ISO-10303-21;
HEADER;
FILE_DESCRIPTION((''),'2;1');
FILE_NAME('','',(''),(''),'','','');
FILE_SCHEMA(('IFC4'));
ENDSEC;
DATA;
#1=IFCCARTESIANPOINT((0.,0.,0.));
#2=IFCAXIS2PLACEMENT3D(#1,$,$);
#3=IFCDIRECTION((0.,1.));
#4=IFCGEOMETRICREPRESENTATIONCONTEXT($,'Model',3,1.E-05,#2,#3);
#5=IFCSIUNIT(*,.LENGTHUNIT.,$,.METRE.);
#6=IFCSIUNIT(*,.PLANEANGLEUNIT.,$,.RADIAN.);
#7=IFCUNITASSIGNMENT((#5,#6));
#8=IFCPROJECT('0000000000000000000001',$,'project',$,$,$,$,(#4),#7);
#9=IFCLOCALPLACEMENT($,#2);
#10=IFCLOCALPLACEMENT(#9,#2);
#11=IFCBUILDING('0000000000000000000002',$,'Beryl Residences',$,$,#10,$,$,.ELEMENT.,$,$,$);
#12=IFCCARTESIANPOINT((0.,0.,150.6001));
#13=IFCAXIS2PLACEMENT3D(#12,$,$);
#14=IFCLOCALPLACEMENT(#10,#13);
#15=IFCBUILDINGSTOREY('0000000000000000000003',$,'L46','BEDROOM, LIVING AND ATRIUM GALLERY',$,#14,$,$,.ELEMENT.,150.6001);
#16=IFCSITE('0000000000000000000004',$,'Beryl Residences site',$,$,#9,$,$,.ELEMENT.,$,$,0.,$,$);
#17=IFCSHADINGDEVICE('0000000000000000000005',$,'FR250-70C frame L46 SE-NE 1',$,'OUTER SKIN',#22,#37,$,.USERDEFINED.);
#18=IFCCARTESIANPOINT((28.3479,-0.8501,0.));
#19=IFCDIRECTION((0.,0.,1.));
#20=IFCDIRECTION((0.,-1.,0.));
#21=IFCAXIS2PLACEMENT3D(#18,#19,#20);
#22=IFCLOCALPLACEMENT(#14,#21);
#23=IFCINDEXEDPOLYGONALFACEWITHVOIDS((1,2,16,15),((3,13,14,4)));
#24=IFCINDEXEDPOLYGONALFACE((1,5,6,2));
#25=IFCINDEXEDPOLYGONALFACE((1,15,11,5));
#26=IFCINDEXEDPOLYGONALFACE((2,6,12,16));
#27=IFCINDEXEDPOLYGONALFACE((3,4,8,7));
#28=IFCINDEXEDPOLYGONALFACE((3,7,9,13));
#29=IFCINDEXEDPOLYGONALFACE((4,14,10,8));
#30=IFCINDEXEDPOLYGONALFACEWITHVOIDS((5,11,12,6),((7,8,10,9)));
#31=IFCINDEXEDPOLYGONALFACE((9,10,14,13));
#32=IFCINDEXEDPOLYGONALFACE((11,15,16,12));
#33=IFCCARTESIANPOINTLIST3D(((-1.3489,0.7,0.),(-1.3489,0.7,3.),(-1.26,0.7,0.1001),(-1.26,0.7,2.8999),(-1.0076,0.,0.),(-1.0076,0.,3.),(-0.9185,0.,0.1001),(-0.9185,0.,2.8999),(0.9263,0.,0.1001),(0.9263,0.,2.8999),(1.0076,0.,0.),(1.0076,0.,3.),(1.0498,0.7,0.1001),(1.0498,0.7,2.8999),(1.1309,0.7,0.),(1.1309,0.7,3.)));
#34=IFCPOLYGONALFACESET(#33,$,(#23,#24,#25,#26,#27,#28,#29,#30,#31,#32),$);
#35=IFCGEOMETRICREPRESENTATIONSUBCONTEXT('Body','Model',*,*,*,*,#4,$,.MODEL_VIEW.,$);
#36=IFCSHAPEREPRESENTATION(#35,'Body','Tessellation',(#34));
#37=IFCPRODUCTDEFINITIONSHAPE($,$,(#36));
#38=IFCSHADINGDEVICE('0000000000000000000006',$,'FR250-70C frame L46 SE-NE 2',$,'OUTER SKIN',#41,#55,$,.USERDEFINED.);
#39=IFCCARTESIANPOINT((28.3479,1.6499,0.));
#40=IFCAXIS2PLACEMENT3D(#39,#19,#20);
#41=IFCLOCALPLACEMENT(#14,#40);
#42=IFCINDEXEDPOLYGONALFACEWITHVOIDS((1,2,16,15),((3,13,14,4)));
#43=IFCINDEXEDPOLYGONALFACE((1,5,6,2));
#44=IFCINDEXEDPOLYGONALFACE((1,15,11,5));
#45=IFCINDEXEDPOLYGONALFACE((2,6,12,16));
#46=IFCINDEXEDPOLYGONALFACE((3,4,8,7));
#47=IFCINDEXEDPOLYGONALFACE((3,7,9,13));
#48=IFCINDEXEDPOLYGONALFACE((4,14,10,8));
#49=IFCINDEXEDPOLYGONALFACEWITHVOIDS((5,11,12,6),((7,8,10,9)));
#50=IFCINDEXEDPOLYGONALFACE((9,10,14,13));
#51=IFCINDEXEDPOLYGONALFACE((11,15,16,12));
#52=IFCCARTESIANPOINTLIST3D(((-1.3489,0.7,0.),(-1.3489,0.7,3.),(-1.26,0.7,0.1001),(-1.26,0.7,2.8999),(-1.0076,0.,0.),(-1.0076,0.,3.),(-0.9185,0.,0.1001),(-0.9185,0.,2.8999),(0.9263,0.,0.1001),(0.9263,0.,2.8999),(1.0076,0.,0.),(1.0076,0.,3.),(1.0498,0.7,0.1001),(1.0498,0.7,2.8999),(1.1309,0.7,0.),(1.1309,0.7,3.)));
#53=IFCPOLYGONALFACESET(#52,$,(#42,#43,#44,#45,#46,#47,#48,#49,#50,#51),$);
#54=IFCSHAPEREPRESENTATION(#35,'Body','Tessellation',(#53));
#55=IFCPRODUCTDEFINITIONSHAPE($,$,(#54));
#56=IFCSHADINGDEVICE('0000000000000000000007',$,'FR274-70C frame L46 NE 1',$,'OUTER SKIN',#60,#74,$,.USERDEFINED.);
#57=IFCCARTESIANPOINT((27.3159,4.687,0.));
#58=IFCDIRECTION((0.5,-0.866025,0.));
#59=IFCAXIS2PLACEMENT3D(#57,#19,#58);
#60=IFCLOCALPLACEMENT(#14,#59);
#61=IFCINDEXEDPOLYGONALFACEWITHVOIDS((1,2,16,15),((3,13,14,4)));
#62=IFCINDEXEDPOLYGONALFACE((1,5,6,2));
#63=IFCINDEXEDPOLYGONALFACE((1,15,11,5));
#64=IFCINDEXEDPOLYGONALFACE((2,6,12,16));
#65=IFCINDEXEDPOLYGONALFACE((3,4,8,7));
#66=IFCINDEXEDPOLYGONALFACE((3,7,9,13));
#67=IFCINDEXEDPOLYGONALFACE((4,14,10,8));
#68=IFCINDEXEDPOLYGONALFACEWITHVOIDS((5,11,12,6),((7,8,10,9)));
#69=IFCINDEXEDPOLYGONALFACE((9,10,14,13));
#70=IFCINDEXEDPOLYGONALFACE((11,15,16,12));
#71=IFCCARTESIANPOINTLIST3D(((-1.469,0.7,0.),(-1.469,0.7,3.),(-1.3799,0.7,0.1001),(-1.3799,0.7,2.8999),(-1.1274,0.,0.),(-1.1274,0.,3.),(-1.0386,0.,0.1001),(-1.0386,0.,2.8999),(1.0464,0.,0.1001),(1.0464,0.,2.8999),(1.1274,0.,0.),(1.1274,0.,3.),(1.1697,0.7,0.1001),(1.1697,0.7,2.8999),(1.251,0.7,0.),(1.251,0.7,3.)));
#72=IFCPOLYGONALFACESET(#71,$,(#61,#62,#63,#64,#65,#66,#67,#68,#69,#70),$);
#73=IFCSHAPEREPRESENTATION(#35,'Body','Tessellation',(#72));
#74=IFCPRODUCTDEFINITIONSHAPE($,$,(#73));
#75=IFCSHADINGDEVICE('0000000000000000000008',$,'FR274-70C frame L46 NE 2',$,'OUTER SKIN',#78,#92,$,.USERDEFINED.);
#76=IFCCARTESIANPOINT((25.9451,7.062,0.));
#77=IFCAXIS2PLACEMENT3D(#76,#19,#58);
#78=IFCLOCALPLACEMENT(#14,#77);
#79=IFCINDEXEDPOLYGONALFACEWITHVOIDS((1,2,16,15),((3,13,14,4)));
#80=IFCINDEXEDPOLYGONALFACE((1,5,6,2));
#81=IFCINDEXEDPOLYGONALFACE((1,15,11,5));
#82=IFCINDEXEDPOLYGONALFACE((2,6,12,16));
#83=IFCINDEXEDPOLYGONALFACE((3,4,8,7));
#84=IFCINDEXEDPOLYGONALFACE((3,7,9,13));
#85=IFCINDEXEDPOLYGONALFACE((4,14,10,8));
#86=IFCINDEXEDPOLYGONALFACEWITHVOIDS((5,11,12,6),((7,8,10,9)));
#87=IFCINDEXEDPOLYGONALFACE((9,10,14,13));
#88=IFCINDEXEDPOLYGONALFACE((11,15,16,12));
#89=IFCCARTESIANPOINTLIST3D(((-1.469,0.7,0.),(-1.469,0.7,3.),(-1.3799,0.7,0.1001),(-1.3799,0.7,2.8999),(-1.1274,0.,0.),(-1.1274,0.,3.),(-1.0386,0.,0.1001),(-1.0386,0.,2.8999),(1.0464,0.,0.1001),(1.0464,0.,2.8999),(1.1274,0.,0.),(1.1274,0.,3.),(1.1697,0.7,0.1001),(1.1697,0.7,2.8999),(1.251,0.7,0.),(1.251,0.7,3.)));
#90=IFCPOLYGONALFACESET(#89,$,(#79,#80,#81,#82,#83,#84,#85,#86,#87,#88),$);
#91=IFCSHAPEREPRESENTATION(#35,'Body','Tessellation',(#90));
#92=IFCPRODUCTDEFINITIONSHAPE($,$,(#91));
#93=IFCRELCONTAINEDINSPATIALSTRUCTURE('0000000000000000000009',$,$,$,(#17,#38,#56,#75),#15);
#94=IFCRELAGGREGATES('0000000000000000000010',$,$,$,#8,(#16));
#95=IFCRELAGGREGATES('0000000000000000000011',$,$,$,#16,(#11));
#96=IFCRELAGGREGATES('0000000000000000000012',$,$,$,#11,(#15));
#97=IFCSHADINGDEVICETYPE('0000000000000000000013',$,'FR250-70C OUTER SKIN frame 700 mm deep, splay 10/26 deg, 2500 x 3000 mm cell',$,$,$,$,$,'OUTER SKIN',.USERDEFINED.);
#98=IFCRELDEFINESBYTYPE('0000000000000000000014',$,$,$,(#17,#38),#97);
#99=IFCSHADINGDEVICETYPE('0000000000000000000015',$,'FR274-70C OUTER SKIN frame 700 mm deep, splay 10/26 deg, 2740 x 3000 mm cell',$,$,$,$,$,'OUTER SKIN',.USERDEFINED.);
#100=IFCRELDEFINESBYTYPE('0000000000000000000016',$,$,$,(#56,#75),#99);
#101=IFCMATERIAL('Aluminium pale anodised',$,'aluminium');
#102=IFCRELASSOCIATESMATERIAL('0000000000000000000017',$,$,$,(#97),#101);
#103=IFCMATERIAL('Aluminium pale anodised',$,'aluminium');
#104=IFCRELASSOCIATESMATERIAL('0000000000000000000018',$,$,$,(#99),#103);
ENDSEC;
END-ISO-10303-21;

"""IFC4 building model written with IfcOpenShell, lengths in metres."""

from ifc_helpers import new_model, entity, si_unit, direction, frame, origin, place, context, subcontext, project, spatial, source, transform, mapped, material, type_object, type_shapes, element, save


model = new_model("IFC4")

# Units and contexts
model_context = context("Model", 3, precision=1e-05, world=origin(), true_north=direction((0.0, 1.0)))
body_context = subcontext(model_context, "Body", "Model", "MODEL_VIEW")
ifc_project = project(units=[si_unit("LENGTHUNIT", "METRE"), si_unit("PLANEANGLEUNIT", "RADIAN")], contexts=[model_context])

# Site, building, storey
site_placement = place(None, origin())
site = spatial("IfcSite", under=ifc_project, at=site_placement, Name="Beryl Residences site", CompositionType="ELEMENT", RefElevation=0.0)
building_placement = place(site_placement, origin())
building = spatial("IfcBuilding", under=site, at=building_placement, Name="Beryl Residences", CompositionType="ELEMENT")
storey_placement = place(building_placement, frame((0.0, 0.0, 150.6001)))
storey = spatial("IfcBuildingStorey", under=building, at=storey_placement, Name="L46", Description="BEDROOM, LIVING AND ATRIUM GALLERY", CompositionType="ELEMENT", Elevation=150.6001)

# Shading devices
ifc_material_1 = material(Name="Aluminium pale anodised", Category="aluminium")
shading_device_type_1 = type_object("IfcShadingDeviceType", Name="FR250-70C OUTER SKIN frame 700 mm deep, splay 10/26 deg, 2500 x 3000 mm cell", ElementType="OUTER SKIN", PredefinedType="USERDEFINED", material=ifc_material_1)
cartesian_point_1 = entity("IfcCartesianPoint", [-1.0076, 0.0])
cartesian_point_2 = entity("IfcCartesianPoint", [-0.9263, 0.1001])
cartesian_point_3 = entity("IfcCartesianPoint", [-1.1309, 0.0])
cartesian_point_4 = entity("IfcCartesianPoint", [-1.0498, 0.1001])
shared_shape_1 = source(origin(), body_context, "Body", "SweptSolid", [
    entity("IfcExtrudedAreaSolidTapered", entity("IfcArbitraryProfileDefWithVoids", "AREA", None, entity("IfcPolyline", [cartesian_point_1, entity("IfcCartesianPoint", [1.0076, 0.0]), entity("IfcCartesianPoint", [1.0076, 3.0]), entity("IfcCartesianPoint", [-1.0076, 3.0]), cartesian_point_1]), [entity("IfcPolyline", [cartesian_point_2, entity("IfcCartesianPoint", [0.9185, 0.1001]), entity("IfcCartesianPoint", [0.9185, 2.8999]), entity("IfcCartesianPoint", [-0.9263, 2.8999]), cartesian_point_2])]), entity("IfcAxis2Placement3D", entity("IfcCartesianPoint", [0.0, 0.0, 0.0]), entity("IfcDirection", [0.0, 1.0, 0.0]), entity("IfcDirection", [-1.0, 0.0, 0.0])), entity("IfcDirection", [0.0, 0.0, 1.0]), 0.7, entity("IfcArbitraryProfileDefWithVoids", "AREA", None, entity("IfcPolyline", [cartesian_point_3, entity("IfcCartesianPoint", [1.3489, 0.0]), entity("IfcCartesianPoint", [1.3489, 3.0]), entity("IfcCartesianPoint", [-1.1309, 3.0]), cartesian_point_3]), [entity("IfcPolyline", [cartesian_point_4, entity("IfcCartesianPoint", [1.26, 0.1001]), entity("IfcCartesianPoint", [1.26, 2.8999]), entity("IfcCartesianPoint", [-1.0498, 2.8999]), cartesian_point_4])])),
])
type_shapes(shading_device_type_1, [shared_shape_1])
for number, where, z_axis, x_axis, name in (
    (1, (28.3479, -0.8501, 0.0), (0.0, 0.0, 1.0), (0.0, -1.0, 0.0), "FR250-70C frame L46 SE-NE 1"),
    (2, (28.3479, 1.6499, 0.0), (0.0, 0.0, 1.0), (0.0, -1.0, 0.0), "FR250-70C frame L46 SE-NE 2"),
):
    element("IfcShadingDevice", number, at=place(storey_placement, frame(where, z_axis=z_axis, x_axis=x_axis)), inside=storey, type_object=shading_device_type_1, Name=name, ObjectType="OUTER SKIN", PredefinedType="USERDEFINED", context=body_context, shape_type="MappedRepresentation", body=[
        mapped(shared_shape_1, transform((0.0, 0.0, 0.0))),
    ])
ifc_material_2 = material(Name="Aluminium pale anodised", Category="aluminium")
shading_device_type_2 = type_object("IfcShadingDeviceType", Name="FR274-70C OUTER SKIN frame 700 mm deep, splay 10/26 deg, 2740 x 3000 mm cell", ElementType="OUTER SKIN", PredefinedType="USERDEFINED", material=ifc_material_2)
cartesian_point_5 = entity("IfcCartesianPoint", [-1.1274, 0.0])
cartesian_point_6 = entity("IfcCartesianPoint", [-1.0464, 0.1001])
cartesian_point_7 = entity("IfcCartesianPoint", [-1.251, 0.0])
cartesian_point_8 = entity("IfcCartesianPoint", [-1.1697, 0.1001])
shared_shape_2 = source(origin(), body_context, "Body", "SweptSolid", [
    entity("IfcExtrudedAreaSolidTapered", entity("IfcArbitraryProfileDefWithVoids", "AREA", None, entity("IfcPolyline", [cartesian_point_5, entity("IfcCartesianPoint", [1.1274, 0.0]), entity("IfcCartesianPoint", [1.1274, 3.0]), entity("IfcCartesianPoint", [-1.1274, 3.0]), cartesian_point_5]), [entity("IfcPolyline", [cartesian_point_6, entity("IfcCartesianPoint", [1.0386, 0.1001]), entity("IfcCartesianPoint", [1.0386, 2.8999]), entity("IfcCartesianPoint", [-1.0464, 2.8999]), cartesian_point_6])]), entity("IfcAxis2Placement3D", entity("IfcCartesianPoint", [0.0, 0.0, 0.0]), entity("IfcDirection", [0.0, 1.0, 0.0]), entity("IfcDirection", [-1.0, 0.0, 0.0])), entity("IfcDirection", [0.0, 0.0, 1.0]), 0.7, entity("IfcArbitraryProfileDefWithVoids", "AREA", None, entity("IfcPolyline", [cartesian_point_7, entity("IfcCartesianPoint", [1.469, 0.0]), entity("IfcCartesianPoint", [1.469, 3.0]), entity("IfcCartesianPoint", [-1.251, 3.0]), cartesian_point_7]), [entity("IfcPolyline", [cartesian_point_8, entity("IfcCartesianPoint", [1.3799, 0.1001]), entity("IfcCartesianPoint", [1.3799, 2.8999]), entity("IfcCartesianPoint", [-1.1697, 2.8999]), cartesian_point_8])])),
])
type_shapes(shading_device_type_2, [shared_shape_2])
for number, where, z_axis, x_axis, name in (
    (3, (27.3159, 4.687, 0.0), (0.0, 0.0, 1.0), (0.5, -0.866025, 0.0), "FR274-70C frame L46 NE 1"),
    (4, (25.9451, 7.062, 0.0), (0.0, 0.0, 1.0), (0.5, -0.866025, 0.0), "FR274-70C frame L46 NE 2"),
):
    element("IfcShadingDevice", number, at=place(storey_placement, frame(where, z_axis=z_axis, x_axis=x_axis)), inside=storey, type_object=shading_device_type_2, Name=name, ObjectType="OUTER SKIN", PredefinedType="USERDEFINED", context=body_context, shape_type="MappedRepresentation", body=[
        mapped(shared_shape_2, transform((0.0, 0.0, 0.0))),
    ])

save(model, "model.ifc")
